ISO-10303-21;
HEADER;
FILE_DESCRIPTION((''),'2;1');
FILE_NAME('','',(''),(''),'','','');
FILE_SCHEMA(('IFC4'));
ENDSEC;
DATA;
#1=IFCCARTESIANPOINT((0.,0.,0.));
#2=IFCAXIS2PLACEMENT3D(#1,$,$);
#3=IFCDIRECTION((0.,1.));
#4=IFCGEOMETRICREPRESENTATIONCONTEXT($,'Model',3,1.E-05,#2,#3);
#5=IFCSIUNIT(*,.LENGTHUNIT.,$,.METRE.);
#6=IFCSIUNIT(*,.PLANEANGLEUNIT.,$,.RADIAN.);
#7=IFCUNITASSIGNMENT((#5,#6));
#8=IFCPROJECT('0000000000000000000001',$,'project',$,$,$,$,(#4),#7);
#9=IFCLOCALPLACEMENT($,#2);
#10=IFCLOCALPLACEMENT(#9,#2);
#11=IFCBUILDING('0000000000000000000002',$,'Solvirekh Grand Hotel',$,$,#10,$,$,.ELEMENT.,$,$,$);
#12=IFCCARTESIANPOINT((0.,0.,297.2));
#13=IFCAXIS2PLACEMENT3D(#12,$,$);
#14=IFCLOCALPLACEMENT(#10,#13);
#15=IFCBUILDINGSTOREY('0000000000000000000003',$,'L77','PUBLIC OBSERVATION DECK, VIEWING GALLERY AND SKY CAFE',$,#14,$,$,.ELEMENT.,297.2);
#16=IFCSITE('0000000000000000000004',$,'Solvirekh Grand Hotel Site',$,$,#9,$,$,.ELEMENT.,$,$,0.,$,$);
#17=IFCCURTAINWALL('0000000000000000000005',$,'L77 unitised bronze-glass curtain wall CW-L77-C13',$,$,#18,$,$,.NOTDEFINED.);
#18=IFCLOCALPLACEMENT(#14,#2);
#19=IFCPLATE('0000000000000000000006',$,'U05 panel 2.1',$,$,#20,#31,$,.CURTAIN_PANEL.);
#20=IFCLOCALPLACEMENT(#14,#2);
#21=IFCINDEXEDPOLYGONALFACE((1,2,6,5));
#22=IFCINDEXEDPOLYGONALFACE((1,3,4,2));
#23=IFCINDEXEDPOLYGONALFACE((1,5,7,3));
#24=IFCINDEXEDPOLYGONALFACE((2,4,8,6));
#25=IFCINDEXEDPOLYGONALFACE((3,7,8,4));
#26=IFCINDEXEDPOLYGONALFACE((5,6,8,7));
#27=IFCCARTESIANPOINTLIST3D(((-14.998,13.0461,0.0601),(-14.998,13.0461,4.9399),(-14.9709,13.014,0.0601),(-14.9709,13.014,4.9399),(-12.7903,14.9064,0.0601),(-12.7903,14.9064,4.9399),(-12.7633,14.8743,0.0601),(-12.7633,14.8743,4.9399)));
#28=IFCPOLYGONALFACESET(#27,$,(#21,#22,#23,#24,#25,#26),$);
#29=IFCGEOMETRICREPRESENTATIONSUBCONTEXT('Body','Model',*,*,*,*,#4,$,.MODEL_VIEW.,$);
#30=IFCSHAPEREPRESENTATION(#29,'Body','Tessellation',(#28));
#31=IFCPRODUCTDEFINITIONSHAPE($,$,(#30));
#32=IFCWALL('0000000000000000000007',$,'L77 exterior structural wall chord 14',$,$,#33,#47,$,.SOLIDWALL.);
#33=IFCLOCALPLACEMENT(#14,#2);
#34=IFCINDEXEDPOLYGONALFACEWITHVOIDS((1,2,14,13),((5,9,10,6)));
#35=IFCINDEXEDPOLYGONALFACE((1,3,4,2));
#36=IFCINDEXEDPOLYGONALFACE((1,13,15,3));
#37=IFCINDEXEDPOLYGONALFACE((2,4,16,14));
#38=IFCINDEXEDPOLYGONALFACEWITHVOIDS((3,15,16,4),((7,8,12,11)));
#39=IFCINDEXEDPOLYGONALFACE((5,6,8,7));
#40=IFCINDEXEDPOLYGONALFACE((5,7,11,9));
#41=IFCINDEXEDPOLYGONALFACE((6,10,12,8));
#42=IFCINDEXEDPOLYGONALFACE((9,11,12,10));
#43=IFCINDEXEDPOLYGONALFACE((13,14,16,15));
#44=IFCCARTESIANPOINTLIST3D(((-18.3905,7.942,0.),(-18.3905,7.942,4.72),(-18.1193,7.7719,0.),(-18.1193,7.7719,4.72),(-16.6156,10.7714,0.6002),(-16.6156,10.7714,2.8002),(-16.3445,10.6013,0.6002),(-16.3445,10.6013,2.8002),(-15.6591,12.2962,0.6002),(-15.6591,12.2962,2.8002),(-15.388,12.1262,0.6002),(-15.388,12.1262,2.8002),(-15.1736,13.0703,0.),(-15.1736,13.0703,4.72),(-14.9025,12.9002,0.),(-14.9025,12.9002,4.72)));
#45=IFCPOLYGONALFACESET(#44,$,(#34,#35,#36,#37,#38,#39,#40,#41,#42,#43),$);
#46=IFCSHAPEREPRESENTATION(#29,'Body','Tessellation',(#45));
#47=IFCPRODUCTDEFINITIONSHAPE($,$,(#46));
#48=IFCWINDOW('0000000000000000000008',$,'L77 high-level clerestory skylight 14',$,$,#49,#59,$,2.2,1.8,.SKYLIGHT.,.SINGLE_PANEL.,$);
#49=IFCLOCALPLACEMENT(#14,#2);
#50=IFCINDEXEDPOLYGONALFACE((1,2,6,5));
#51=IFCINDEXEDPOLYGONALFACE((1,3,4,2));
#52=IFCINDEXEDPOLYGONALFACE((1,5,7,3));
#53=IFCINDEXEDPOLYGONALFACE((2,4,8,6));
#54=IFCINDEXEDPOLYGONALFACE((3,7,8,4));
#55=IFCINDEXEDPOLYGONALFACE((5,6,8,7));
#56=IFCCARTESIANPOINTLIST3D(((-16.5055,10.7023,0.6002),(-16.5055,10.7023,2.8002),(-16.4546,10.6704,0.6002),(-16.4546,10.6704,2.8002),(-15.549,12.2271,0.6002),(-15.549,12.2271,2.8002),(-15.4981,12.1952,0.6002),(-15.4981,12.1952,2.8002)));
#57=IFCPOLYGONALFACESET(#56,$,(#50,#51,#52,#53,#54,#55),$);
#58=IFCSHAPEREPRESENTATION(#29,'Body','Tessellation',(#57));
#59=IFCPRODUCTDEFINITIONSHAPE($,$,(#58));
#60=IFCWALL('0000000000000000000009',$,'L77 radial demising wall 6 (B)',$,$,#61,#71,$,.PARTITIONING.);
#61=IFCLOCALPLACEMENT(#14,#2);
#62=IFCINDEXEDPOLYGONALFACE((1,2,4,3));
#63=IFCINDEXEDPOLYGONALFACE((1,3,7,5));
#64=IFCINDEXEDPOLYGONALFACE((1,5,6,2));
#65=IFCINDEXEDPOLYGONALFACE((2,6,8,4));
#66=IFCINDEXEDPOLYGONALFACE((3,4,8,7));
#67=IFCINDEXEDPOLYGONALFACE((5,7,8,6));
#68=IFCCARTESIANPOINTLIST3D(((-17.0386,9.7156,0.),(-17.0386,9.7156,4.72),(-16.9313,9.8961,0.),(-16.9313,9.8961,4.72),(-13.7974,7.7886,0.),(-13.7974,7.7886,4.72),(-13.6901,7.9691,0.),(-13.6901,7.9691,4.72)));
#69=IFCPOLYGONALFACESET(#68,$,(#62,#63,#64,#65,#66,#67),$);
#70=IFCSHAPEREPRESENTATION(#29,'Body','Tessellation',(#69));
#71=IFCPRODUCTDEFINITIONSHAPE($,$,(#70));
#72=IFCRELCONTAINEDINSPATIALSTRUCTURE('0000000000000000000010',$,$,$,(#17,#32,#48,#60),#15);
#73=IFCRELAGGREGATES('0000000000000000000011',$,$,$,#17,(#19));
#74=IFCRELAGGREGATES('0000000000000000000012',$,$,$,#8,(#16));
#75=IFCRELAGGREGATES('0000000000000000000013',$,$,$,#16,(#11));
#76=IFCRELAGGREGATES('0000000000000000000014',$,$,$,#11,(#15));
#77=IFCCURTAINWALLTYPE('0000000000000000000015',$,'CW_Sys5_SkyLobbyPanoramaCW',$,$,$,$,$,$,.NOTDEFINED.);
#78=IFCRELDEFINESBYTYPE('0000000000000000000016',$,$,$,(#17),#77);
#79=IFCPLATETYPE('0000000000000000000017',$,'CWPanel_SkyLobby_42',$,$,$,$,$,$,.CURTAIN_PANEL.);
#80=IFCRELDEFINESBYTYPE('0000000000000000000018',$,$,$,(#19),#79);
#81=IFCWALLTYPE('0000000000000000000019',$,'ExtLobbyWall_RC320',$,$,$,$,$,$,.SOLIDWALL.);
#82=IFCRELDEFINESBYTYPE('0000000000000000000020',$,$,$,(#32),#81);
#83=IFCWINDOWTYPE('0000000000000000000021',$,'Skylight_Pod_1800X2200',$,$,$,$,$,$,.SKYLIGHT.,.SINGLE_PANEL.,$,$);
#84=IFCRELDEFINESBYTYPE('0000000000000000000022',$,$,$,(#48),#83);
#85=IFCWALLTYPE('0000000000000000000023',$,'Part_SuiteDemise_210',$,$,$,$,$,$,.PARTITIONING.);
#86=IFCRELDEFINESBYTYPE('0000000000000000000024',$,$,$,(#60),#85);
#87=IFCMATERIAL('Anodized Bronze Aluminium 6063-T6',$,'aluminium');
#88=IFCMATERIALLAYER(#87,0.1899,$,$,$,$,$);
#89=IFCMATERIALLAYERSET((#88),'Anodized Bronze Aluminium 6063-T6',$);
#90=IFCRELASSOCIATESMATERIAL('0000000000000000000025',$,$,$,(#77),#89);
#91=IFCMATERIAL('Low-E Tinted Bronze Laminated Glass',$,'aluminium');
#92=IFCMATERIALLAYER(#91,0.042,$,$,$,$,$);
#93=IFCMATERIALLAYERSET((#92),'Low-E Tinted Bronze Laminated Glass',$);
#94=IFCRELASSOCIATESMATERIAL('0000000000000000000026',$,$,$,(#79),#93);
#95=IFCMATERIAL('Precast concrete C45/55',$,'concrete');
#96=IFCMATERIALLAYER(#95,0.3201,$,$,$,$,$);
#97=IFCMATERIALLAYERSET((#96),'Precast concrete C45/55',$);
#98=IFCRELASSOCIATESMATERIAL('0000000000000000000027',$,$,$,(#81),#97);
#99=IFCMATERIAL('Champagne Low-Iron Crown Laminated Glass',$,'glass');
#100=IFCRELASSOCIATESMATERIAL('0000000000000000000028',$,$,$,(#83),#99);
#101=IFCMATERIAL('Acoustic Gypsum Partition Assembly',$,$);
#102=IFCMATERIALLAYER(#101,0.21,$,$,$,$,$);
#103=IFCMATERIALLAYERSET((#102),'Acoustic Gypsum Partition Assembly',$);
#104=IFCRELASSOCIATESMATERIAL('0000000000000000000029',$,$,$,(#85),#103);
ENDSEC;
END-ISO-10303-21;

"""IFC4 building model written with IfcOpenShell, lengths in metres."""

from ifc_helpers import new_model, si_unit, direction, frame, frame_2d, origin, origin_2d, place, context, subcontext, project, spatial, rectangle, extrude, source, transform, mapped, material, layer, layer_set, type_object, element, fill, aggregate, save


model = new_model("IFC4")

# Units and contexts
model_context = context("Model", 3, precision=1e-05, world=origin(), true_north=direction((0.0, 1.0)))
body_context = subcontext(model_context, "Body", "Model", "MODEL_VIEW")
ifc_project = project(units=[si_unit("LENGTHUNIT", "METRE"), si_unit("PLANEANGLEUNIT", "RADIAN")], contexts=[model_context])

# Site, building, storey
site_placement = place(None, origin())
site = spatial("IfcSite", under=ifc_project, at=site_placement, Name="Solvirekh Grand Hotel Site", CompositionType="ELEMENT", RefElevation=0.0)
building_placement = place(site_placement, origin())
building = spatial("IfcBuilding", under=site, at=building_placement, Name="Solvirekh Grand Hotel", CompositionType="ELEMENT")
storey_placement = place(building_placement, frame((0.0, 0.0, 297.2)))
storey = spatial("IfcBuildingStorey", under=building, at=storey_placement, Name="L77", Description="PUBLIC OBSERVATION DECK, VIEWING GALLERY AND SKY CAFE", CompositionType="ELEMENT", Elevation=297.2)

# Curtain wall
ifc_material_1 = material(Name="Anodized Bronze Aluminium 6063-T6", Category="aluminium")
ifc_layer_1 = layer(ifc_material_1, 0.1899)
ifc_layer_set_1 = layer_set([ifc_layer_1], Name="Anodized Bronze Aluminium 6063-T6")
curtain_wall_type = type_object("IfcCurtainWallType", Name="CW_Sys5_SkyLobbyPanoramaCW", PredefinedType="NOTDEFINED", material=ifc_layer_set_1)
curtain_wall_1_placement = place(storey_placement, origin())
curtain_wall_1 = element("IfcCurtainWall", 1, at=curtain_wall_1_placement, inside=storey, type_object=curtain_wall_type, Name="L77 unitised bronze-glass curtain wall CW-L77-C13", PredefinedType="NOTDEFINED")

# Plate
ifc_material_2 = material(Name="Low-E Tinted Bronze Laminated Glass", Category="aluminium")
ifc_layer_2 = layer(ifc_material_2, 0.042)
ifc_layer_set_2 = layer_set([ifc_layer_2], Name="Low-E Tinted Bronze Laminated Glass")
plate_type = type_object("IfcPlateType", Name="CWPanel_SkyLobby_42", PredefinedType="CURTAIN_PANEL", material=ifc_layer_set_2)
shared_shape_1 = source(origin(), body_context, "Body", "SweptSolid", [
    extrude(rectangle(XDim=2.887, YDim=0.042, at=origin_2d()), origin(), (0.0, 0.0, 1.0), 4.8799),
])
plate_1_placement = place(storey_placement, frame((-13.8806, 13.9602, 0.0601), z_axis=(0.0, 0.0, 1.0), x_axis=(-0.764703, -0.644383, 0.0)))
plate_1 = element("IfcPlate", 2, at=plate_1_placement, type_object=plate_type, Name="U05 panel 2.1", PredefinedType="CURTAIN_PANEL", context=body_context, shape_type="MappedRepresentation", body=[
    mapped(shared_shape_1, transform((0.0, 0.0, 0.0), x_axis=(1.0, 0.0, 0.0), y_axis=(0.0, 1.0, 0.0), z_axis=(0.0, 0.0, 1.0), scale=1.0)),
])
aggregate(curtain_wall_1, [plate_1])

# Wall, opening, window
ifc_material_3 = material(Name="Precast concrete C45/55", Category="concrete")
ifc_layer_3 = layer(ifc_material_3, 0.3201)
ifc_layer_set_3 = layer_set([ifc_layer_3], Name="Precast concrete C45/55")
wall_type_1 = type_object("IfcWallType", Name="ExtLobbyWall_RC320", PredefinedType="SOLIDWALL", material=ifc_layer_set_3)
wall_1_placement = place(storey_placement, frame((-18.2549, 7.8569, 0.0), z_axis=(0.0, 0.0, 1.0), x_axis=(0.531387, 0.847129, 0.0)))
wall_1 = element("IfcWall", 3, at=wall_1_placement, inside=storey, type_object=wall_type_1, Name="L77 exterior structural wall chord 14", PredefinedType="SOLIDWALL", context=body_context, shape_type="SweptSolid", body=[
    extrude(rectangle(XDim=6.0537, YDim=0.3201, at=frame_2d((3.0269, 0.0))), origin(), (0.0, 0.0, 1.0), 4.72),
])
opening_placement = place(wall_1_placement, frame((3.3401, 0.0, 0.6001)))
opening = element("IfcOpeningElement", 4, at=opening_placement, cuts=wall_1, PredefinedType="OPENING", context=body_context, shape_type="SweptSolid", body=[
    extrude(rectangle(XDim=1.8, YDim=2.2, at=frame_2d((0.8999, 1.1001))), frame((0.0, 0.1699, 0.0), z_axis=(0.0, -1.0, 0.0), x_axis=(1.0, 0.0, 0.0)), (0.0, 0.0, 1.0), 0.3401),
])
ifc_material_4 = material(Name="Champagne Low-Iron Crown Laminated Glass", Category="glass")
window_type = type_object("IfcWindowType", Name="Skylight_Pod_1800X2200", PartitioningType="SINGLE_PANEL", PredefinedType="SKYLIGHT", material=ifc_material_4)
window_placement = place(opening_placement, origin())
window = element("IfcWindow", 5, at=window_placement, inside=storey, type_object=window_type, Name="L77 high-level clerestory skylight 14", OverallHeight=2.2, OverallWidth=1.8, PartitioningType="SINGLE_PANEL", PredefinedType="SKYLIGHT", context=body_context, shape_type="SweptSolid", body=[
    extrude(rectangle(XDim=1.8, YDim=2.2, at=frame_2d((0.8999, 1.1001))), frame((0.0, 0.03, 0.0), z_axis=(0.0, -1.0, 0.0), x_axis=(1.0, 0.0, 0.0)), (0.0, 0.0, 1.0), 0.0601),
])
fill(opening, window)

# Wall
ifc_material_5 = material(Name="Acoustic Gypsum Partition Assembly")
ifc_layer_4 = layer(ifc_material_5, 0.21)
ifc_layer_set_4 = layer_set([ifc_layer_4], Name="Acoustic Gypsum Partition Assembly")
wall_type_2 = type_object("IfcWallType", Name="Part_SuiteDemise_210", PredefinedType="PARTITIONING", material=ifc_layer_set_4)
wall_2_placement = place(storey_placement, frame((-13.7439, 7.8789, 0.0), z_axis=(0.0, 0.0, 1.0), x_axis=(-0.85956, 0.511035, 0.0)))
element("IfcWall", 6, at=wall_2_placement, inside=storey, type_object=wall_type_2, Name="L77 radial demising wall 6 (B)", PredefinedType="PARTITIONING", context=body_context, shape_type="SweptSolid", body=[
    extrude(rectangle(XDim=3.7708, YDim=0.21, at=frame_2d((1.8853, 0.0))), origin(), (0.0, 0.0, 1.0), 4.72),
])

save(model, "model.ifc")
